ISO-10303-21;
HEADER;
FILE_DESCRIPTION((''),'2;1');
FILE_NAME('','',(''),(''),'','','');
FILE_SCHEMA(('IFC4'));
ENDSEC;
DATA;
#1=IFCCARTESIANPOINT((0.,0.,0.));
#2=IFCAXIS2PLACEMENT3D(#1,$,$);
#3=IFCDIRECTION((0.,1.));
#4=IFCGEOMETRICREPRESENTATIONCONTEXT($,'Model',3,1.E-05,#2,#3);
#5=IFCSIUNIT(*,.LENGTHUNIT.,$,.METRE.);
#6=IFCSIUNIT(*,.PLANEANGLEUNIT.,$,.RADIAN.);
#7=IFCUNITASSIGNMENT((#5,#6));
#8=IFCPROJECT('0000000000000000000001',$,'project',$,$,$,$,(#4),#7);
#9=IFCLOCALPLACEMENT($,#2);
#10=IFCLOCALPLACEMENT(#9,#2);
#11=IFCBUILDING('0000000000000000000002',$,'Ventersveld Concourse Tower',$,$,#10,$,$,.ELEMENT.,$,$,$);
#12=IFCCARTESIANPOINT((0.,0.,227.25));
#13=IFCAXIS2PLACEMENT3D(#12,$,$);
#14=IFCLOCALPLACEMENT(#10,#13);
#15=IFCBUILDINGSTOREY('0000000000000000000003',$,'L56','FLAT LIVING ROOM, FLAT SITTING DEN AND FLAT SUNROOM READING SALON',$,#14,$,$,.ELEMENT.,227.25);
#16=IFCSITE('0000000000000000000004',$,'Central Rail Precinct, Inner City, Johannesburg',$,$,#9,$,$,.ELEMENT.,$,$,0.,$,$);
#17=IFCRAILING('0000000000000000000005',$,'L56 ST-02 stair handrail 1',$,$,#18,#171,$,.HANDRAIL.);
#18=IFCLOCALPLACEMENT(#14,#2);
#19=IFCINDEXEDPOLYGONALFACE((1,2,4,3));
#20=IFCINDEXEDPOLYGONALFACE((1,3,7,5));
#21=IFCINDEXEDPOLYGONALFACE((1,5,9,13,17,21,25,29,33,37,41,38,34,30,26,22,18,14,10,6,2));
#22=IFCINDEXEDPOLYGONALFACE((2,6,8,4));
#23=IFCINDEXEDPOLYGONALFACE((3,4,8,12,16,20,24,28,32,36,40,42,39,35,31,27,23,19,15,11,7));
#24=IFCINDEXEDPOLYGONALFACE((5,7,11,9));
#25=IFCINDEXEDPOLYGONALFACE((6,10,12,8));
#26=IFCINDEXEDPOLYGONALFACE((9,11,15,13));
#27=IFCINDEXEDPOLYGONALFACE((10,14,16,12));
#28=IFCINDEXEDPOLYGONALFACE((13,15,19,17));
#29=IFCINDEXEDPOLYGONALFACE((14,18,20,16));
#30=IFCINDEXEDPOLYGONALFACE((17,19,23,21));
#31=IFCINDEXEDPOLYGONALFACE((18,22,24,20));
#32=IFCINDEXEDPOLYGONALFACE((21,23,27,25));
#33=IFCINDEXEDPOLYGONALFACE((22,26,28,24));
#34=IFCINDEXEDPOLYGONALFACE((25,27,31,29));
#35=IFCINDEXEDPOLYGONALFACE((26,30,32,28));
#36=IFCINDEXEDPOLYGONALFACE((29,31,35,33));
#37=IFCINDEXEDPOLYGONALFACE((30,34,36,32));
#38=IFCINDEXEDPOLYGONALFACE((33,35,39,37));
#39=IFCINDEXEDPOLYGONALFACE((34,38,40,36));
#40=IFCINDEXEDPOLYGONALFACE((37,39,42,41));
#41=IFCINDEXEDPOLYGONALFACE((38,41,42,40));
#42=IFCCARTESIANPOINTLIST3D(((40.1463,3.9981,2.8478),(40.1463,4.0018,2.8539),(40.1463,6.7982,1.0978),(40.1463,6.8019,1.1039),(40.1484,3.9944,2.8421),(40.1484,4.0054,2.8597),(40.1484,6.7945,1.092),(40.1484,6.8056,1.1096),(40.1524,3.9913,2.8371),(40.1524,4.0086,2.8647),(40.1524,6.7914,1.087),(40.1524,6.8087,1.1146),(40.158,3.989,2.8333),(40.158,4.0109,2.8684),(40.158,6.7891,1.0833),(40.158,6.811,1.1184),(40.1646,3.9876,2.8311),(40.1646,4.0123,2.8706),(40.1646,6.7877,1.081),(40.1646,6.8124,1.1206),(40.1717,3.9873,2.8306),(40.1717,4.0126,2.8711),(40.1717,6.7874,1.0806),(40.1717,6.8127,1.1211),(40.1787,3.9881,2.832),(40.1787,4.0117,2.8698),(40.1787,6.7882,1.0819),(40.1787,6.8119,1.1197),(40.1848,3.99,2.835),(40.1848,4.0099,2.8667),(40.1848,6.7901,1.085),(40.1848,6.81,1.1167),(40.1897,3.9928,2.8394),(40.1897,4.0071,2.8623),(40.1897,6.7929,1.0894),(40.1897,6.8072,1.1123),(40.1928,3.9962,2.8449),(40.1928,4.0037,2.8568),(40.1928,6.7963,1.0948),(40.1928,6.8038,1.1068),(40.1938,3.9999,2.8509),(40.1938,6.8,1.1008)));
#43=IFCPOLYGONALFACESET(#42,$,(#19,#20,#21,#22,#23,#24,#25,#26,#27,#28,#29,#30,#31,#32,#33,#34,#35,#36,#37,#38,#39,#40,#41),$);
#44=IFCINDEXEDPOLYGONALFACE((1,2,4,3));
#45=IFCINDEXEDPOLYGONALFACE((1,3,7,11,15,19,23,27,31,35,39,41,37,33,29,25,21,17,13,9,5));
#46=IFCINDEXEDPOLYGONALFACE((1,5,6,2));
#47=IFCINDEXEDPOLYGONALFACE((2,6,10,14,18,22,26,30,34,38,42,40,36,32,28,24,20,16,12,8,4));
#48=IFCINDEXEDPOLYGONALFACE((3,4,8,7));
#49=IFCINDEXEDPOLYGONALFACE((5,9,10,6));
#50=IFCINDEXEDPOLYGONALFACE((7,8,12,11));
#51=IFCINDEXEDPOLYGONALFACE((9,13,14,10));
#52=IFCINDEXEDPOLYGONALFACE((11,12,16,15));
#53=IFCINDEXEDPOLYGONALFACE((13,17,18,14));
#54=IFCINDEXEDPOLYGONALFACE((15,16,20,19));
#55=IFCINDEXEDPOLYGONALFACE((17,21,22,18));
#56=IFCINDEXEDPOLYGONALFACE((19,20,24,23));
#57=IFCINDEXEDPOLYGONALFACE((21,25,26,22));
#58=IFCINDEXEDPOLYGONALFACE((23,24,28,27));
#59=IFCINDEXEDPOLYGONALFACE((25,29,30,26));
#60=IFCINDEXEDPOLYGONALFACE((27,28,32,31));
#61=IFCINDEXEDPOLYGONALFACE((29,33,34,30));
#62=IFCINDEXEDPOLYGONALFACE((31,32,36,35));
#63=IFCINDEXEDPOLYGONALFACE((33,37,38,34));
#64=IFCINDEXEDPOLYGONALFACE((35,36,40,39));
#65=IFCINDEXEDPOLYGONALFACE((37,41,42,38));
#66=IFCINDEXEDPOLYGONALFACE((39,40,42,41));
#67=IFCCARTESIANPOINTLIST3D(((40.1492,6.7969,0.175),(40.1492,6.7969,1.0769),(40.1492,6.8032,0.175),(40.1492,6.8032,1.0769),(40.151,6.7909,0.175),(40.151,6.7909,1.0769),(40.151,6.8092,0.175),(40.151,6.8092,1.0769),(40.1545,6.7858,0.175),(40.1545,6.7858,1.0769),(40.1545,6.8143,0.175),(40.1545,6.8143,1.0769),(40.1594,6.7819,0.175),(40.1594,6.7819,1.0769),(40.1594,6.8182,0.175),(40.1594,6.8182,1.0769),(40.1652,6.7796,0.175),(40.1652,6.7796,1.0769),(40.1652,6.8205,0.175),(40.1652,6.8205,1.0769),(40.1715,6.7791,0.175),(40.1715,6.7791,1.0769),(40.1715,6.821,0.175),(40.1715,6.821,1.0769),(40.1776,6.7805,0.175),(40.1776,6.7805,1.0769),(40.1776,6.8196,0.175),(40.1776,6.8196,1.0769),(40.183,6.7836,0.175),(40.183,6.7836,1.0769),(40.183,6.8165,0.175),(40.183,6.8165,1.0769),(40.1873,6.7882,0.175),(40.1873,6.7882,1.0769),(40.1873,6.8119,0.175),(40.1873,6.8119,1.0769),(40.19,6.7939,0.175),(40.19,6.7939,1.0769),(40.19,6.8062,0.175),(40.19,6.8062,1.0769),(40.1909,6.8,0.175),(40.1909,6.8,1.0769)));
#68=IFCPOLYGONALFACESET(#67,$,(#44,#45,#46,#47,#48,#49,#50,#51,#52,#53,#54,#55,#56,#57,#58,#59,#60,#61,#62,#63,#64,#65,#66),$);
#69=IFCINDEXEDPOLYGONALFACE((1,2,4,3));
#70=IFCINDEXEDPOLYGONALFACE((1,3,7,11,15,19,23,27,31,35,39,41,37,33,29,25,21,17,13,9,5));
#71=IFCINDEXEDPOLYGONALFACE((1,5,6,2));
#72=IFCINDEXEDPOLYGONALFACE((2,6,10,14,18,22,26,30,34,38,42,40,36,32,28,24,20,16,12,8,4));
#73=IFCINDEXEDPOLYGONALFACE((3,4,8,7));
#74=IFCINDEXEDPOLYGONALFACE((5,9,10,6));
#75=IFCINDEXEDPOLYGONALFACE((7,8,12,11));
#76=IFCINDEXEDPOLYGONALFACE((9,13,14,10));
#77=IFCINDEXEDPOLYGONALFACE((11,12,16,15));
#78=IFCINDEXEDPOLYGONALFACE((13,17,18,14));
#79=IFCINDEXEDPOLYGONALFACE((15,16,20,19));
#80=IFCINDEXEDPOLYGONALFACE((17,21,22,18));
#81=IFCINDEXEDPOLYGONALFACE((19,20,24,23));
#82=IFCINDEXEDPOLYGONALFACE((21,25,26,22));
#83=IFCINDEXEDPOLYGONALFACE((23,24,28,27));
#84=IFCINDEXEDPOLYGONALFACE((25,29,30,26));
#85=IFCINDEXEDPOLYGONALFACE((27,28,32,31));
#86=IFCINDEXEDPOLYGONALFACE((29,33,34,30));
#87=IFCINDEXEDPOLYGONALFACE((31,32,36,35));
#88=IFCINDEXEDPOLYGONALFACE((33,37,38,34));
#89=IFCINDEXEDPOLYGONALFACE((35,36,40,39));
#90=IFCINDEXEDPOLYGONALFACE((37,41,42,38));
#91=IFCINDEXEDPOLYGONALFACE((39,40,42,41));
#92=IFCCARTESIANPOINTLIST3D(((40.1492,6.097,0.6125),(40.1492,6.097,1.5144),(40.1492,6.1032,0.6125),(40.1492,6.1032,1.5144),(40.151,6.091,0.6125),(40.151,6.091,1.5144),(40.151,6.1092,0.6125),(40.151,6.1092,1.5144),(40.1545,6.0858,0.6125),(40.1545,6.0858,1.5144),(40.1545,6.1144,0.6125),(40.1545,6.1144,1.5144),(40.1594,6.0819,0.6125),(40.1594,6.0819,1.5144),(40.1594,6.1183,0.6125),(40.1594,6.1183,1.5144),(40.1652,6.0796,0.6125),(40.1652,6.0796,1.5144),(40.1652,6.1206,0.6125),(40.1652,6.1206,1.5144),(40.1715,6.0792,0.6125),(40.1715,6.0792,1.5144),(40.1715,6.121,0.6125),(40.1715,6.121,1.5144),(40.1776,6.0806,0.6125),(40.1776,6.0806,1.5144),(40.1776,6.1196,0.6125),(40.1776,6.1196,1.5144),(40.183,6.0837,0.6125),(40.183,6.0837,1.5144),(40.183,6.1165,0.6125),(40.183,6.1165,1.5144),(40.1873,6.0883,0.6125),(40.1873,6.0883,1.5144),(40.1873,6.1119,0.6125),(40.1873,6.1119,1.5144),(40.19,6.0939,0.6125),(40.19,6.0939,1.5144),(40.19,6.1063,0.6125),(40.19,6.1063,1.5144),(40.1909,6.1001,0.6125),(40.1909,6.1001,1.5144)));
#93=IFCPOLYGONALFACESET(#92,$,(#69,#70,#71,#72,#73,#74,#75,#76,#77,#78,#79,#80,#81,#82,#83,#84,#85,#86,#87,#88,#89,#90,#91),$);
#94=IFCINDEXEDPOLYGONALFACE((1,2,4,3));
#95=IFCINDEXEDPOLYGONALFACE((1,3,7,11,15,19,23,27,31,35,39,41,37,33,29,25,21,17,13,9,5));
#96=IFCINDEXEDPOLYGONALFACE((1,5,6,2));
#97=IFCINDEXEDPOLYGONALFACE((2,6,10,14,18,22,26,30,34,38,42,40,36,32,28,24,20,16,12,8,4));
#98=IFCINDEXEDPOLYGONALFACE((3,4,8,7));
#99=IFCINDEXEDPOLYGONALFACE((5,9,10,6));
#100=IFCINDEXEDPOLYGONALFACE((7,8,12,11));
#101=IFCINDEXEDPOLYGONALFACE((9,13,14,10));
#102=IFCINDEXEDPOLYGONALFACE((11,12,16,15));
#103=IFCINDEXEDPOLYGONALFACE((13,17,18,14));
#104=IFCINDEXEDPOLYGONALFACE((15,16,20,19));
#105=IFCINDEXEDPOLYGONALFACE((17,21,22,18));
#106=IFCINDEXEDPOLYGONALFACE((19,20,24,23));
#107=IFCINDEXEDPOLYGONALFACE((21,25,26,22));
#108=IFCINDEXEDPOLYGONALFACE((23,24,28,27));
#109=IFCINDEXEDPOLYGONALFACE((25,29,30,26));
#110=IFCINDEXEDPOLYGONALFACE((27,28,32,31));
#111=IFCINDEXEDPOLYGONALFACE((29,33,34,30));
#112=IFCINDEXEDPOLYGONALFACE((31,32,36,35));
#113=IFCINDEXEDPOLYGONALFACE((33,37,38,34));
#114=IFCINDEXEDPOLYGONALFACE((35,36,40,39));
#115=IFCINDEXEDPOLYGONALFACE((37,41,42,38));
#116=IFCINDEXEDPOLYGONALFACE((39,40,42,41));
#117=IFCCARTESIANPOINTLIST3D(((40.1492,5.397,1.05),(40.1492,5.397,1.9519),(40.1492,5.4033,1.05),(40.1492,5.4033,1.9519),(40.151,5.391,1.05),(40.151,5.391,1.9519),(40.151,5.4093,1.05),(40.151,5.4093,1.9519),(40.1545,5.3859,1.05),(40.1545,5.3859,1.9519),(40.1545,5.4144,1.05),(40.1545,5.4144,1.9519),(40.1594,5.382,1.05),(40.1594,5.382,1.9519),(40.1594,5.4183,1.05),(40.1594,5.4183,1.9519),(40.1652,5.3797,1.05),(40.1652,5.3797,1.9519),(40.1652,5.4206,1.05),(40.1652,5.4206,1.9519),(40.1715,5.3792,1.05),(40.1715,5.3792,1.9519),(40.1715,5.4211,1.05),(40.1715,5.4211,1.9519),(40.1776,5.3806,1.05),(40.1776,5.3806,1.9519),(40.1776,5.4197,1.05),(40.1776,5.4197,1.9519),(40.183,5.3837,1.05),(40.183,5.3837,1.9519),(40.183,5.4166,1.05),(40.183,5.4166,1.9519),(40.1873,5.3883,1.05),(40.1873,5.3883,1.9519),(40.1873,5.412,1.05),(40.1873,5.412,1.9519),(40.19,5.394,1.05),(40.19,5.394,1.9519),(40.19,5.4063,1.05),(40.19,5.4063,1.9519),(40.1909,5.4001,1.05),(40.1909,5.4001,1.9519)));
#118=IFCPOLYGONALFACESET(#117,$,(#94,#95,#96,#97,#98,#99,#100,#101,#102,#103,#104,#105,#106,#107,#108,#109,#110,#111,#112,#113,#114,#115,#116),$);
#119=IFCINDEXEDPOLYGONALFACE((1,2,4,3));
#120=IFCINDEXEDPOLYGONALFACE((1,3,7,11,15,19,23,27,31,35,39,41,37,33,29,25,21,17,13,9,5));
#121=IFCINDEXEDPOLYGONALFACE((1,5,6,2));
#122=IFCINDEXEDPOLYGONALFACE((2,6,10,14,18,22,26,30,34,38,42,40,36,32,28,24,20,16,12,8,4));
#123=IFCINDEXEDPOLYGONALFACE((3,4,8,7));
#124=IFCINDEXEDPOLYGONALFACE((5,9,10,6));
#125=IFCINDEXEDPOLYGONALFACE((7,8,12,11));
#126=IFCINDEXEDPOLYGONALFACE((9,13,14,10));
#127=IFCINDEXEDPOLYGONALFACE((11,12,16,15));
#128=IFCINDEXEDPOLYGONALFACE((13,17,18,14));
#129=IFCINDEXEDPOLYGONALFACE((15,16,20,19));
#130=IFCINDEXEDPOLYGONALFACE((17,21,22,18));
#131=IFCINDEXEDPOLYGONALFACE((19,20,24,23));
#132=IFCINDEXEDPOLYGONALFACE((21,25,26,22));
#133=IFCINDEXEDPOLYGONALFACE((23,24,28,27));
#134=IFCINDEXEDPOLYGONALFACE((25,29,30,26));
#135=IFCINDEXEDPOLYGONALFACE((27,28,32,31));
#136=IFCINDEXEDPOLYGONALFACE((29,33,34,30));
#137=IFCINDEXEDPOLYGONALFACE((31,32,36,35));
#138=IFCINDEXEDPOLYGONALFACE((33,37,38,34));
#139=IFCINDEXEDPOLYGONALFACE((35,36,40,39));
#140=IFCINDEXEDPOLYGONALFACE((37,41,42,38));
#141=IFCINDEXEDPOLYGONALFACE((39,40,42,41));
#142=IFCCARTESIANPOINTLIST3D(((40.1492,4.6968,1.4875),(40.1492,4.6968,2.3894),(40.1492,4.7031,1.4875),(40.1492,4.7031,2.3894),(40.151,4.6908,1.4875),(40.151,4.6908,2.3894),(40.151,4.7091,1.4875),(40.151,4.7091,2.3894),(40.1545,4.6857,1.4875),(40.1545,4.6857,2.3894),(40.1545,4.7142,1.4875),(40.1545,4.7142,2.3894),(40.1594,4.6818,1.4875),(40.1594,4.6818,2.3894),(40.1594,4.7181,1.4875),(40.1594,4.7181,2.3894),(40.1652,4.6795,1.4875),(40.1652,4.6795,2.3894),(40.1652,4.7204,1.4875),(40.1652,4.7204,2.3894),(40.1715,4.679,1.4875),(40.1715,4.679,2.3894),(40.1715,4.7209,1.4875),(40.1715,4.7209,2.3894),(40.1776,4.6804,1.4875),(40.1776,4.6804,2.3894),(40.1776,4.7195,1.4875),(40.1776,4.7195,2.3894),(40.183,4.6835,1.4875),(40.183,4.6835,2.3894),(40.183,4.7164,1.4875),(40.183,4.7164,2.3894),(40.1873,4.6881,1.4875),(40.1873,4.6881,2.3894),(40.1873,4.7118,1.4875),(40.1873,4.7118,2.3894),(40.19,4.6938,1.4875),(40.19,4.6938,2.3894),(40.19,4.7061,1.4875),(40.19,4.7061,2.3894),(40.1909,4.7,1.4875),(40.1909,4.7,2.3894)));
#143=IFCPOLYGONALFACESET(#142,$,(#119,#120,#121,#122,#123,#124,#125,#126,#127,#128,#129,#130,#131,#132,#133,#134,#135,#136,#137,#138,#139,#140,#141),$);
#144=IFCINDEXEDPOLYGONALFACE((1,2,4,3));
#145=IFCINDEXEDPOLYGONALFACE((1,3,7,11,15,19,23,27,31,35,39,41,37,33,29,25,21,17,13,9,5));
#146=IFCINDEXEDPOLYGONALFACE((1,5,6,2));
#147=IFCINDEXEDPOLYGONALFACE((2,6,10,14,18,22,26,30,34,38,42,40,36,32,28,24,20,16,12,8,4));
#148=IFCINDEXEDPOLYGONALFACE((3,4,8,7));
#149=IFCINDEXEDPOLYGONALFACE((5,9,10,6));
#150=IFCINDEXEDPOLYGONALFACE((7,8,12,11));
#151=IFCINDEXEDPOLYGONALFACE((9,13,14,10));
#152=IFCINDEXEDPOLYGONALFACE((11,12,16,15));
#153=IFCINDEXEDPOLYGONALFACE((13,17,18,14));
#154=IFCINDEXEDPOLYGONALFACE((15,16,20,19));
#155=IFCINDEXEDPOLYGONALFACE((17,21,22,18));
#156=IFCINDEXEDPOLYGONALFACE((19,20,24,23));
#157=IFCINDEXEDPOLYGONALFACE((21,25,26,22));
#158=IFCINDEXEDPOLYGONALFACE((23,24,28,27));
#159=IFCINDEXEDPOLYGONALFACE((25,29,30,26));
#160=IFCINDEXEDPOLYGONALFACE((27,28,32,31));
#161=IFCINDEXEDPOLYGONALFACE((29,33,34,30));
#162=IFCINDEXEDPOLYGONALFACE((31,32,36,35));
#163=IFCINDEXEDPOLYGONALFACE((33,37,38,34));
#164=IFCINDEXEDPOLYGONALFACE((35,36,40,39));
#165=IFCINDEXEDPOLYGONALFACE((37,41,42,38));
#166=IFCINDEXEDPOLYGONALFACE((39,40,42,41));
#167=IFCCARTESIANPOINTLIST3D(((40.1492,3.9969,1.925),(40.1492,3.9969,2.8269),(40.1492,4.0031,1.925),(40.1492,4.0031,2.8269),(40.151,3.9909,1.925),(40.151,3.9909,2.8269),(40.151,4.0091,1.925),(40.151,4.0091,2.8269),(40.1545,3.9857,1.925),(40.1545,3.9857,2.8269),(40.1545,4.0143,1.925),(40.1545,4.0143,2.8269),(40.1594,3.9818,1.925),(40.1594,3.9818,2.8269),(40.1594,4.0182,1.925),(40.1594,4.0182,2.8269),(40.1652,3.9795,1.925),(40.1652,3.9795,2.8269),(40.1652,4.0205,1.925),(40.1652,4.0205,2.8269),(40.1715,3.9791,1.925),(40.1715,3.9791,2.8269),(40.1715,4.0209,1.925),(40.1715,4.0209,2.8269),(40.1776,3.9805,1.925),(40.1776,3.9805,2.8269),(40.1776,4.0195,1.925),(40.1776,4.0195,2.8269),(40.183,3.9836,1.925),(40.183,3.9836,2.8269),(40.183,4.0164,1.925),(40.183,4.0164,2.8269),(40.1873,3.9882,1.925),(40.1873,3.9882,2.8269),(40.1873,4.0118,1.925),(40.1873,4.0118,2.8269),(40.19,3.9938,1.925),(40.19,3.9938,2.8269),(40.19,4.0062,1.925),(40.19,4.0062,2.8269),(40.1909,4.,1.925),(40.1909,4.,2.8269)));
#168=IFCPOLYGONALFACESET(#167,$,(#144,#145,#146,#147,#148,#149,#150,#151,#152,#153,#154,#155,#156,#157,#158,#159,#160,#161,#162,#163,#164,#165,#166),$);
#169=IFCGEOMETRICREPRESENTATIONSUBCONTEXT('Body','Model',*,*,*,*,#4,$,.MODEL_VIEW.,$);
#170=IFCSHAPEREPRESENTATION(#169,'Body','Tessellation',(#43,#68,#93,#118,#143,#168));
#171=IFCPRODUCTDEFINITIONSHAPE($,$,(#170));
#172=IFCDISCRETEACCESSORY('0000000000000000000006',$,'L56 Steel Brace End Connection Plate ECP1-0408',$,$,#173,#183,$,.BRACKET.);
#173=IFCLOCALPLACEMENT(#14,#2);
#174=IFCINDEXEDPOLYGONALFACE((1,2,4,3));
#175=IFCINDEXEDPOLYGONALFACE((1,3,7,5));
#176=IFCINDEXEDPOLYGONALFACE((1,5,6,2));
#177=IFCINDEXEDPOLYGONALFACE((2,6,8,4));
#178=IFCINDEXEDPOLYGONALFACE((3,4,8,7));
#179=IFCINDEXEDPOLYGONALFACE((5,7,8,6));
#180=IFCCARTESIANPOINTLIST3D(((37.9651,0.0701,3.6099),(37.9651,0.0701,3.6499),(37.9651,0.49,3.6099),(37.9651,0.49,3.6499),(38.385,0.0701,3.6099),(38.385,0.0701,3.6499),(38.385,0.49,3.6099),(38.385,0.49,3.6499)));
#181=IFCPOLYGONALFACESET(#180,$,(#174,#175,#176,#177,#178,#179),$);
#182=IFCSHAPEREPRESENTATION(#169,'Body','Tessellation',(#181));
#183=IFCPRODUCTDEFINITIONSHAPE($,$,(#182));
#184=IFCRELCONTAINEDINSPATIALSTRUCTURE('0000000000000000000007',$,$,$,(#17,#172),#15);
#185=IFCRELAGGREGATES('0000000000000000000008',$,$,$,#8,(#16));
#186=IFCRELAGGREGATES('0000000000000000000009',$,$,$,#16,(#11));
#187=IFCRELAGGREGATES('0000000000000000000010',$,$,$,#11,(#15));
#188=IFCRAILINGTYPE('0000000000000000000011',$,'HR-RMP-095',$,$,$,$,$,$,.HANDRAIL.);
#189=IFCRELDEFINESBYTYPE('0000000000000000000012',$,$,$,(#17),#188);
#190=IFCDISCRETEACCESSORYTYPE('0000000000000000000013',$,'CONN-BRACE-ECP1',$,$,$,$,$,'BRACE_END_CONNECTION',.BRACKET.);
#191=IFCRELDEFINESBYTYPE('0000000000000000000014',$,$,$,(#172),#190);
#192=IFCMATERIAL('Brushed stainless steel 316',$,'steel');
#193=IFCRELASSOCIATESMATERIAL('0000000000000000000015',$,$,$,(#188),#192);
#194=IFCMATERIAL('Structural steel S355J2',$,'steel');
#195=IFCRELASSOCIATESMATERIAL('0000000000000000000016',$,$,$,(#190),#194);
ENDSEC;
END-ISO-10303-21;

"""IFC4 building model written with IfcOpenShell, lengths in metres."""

from ifc_helpers import new_model, si_unit, direction, frame, origin, origin_2d, place, context, subcontext, project, spatial, rectangle, circle, extrude, material, type_object, element, save


model = new_model("IFC4")

# Units and contexts
model_context = context("Model", 3, precision=1e-05, world=origin(), true_north=direction((0.0, 1.0)))
body_context = subcontext(model_context, "Body", "Model", "MODEL_VIEW")
ifc_project = project(units=[si_unit("LENGTHUNIT", "METRE"), si_unit("PLANEANGLEUNIT", "RADIAN")], contexts=[model_context])

# Site, building, storey
site_placement = place(None, origin())
site = spatial("IfcSite", under=ifc_project, at=site_placement, Name="Central Rail Precinct, Inner City, Johannesburg", CompositionType="ELEMENT", RefElevation=0.0)
building_placement = place(site_placement, origin())
building = spatial("IfcBuilding", under=site, at=building_placement, Name="Ventersveld Concourse Tower", CompositionType="ELEMENT")
storey_placement = place(building_placement, frame((0.0, 0.0, 227.25)))
storey = spatial("IfcBuildingStorey", under=building, at=storey_placement, Name="L56", Description="FLAT LIVING ROOM, FLAT SITTING DEN AND FLAT SUNROOM READING SALON", CompositionType="ELEMENT", Elevation=227.25)

# Railing
ifc_material_1 = material(Name="Brushed stainless steel 316", Category="steel")
railing_type_1 = type_object("IfcRailingType", Name="HR-RMP-095", PredefinedType="HANDRAIL", material=ifc_material_1)
railing_1_placement = place(storey_placement, frame((40.1699, 6.8, 0.175)))
element("IfcRailing", 1, at=railing_1_placement, inside=storey, type_object=railing_type_1, Name="L56 ST-02 stair handrail 1", PredefinedType="HANDRAIL", context=body_context, shape_type="SweptSolid", body=[
    extrude(circle(Radius=0.0239, at=origin_2d()), frame((0.0, 0.0, 0.9258), z_axis=(0.0, -0.848002, 0.529992), x_axis=(1.0, 0.0, 0.0)), (0.0, 0.0, 1.0), 3.302),
    extrude(circle(Radius=0.021, at=origin_2d()), origin(), (0.0, 0.0, 1.0), 0.9019),
    extrude(circle(Radius=0.021, at=origin_2d()), frame((0.0, -0.7, 0.4375)), (0.0, 0.0, 1.0), 0.9019),
    extrude(circle(Radius=0.021, at=origin_2d()), frame((0.0, -1.3999, 0.875)), (0.0, 0.0, 1.0), 0.9019),
    extrude(circle(Radius=0.021, at=origin_2d()), frame((0.0, -2.1001, 1.3125)), (0.0, 0.0, 1.0), 0.9019),
    extrude(circle(Radius=0.021, at=origin_2d()), frame((0.0, -2.8, 1.75)), (0.0, 0.0, 1.0), 0.9019),
])

# Discrete accessory
ifc_material_2 = material(Name="Structural steel S355J2", Category="steel")
discrete_accessory_type = type_object("IfcDiscreteAccessoryType", Name="CONN-BRACE-ECP1", ElementType="BRACE_END_CONNECTION", PredefinedType="BRACKET", material=ifc_material_2)
discrete_accessory_placement = place(storey_placement, frame((38.175, 0.28, 3.6099), z_axis=(0.0, 0.0, 1.0), x_axis=(1.0, 0.0, 0.0)))
element("IfcDiscreteAccessory", 2, at=discrete_accessory_placement, inside=storey, type_object=discrete_accessory_type, Name="L56 Steel Brace End Connection Plate ECP1-0408", PredefinedType="BRACKET", context=body_context, shape_type="SweptSolid", body=[
    extrude(rectangle(XDim=0.4199, YDim=0.4199, at=origin_2d()), origin(), (0.0, 0.0, 1.0), 0.04),
])

save(model, "model.ifc")
